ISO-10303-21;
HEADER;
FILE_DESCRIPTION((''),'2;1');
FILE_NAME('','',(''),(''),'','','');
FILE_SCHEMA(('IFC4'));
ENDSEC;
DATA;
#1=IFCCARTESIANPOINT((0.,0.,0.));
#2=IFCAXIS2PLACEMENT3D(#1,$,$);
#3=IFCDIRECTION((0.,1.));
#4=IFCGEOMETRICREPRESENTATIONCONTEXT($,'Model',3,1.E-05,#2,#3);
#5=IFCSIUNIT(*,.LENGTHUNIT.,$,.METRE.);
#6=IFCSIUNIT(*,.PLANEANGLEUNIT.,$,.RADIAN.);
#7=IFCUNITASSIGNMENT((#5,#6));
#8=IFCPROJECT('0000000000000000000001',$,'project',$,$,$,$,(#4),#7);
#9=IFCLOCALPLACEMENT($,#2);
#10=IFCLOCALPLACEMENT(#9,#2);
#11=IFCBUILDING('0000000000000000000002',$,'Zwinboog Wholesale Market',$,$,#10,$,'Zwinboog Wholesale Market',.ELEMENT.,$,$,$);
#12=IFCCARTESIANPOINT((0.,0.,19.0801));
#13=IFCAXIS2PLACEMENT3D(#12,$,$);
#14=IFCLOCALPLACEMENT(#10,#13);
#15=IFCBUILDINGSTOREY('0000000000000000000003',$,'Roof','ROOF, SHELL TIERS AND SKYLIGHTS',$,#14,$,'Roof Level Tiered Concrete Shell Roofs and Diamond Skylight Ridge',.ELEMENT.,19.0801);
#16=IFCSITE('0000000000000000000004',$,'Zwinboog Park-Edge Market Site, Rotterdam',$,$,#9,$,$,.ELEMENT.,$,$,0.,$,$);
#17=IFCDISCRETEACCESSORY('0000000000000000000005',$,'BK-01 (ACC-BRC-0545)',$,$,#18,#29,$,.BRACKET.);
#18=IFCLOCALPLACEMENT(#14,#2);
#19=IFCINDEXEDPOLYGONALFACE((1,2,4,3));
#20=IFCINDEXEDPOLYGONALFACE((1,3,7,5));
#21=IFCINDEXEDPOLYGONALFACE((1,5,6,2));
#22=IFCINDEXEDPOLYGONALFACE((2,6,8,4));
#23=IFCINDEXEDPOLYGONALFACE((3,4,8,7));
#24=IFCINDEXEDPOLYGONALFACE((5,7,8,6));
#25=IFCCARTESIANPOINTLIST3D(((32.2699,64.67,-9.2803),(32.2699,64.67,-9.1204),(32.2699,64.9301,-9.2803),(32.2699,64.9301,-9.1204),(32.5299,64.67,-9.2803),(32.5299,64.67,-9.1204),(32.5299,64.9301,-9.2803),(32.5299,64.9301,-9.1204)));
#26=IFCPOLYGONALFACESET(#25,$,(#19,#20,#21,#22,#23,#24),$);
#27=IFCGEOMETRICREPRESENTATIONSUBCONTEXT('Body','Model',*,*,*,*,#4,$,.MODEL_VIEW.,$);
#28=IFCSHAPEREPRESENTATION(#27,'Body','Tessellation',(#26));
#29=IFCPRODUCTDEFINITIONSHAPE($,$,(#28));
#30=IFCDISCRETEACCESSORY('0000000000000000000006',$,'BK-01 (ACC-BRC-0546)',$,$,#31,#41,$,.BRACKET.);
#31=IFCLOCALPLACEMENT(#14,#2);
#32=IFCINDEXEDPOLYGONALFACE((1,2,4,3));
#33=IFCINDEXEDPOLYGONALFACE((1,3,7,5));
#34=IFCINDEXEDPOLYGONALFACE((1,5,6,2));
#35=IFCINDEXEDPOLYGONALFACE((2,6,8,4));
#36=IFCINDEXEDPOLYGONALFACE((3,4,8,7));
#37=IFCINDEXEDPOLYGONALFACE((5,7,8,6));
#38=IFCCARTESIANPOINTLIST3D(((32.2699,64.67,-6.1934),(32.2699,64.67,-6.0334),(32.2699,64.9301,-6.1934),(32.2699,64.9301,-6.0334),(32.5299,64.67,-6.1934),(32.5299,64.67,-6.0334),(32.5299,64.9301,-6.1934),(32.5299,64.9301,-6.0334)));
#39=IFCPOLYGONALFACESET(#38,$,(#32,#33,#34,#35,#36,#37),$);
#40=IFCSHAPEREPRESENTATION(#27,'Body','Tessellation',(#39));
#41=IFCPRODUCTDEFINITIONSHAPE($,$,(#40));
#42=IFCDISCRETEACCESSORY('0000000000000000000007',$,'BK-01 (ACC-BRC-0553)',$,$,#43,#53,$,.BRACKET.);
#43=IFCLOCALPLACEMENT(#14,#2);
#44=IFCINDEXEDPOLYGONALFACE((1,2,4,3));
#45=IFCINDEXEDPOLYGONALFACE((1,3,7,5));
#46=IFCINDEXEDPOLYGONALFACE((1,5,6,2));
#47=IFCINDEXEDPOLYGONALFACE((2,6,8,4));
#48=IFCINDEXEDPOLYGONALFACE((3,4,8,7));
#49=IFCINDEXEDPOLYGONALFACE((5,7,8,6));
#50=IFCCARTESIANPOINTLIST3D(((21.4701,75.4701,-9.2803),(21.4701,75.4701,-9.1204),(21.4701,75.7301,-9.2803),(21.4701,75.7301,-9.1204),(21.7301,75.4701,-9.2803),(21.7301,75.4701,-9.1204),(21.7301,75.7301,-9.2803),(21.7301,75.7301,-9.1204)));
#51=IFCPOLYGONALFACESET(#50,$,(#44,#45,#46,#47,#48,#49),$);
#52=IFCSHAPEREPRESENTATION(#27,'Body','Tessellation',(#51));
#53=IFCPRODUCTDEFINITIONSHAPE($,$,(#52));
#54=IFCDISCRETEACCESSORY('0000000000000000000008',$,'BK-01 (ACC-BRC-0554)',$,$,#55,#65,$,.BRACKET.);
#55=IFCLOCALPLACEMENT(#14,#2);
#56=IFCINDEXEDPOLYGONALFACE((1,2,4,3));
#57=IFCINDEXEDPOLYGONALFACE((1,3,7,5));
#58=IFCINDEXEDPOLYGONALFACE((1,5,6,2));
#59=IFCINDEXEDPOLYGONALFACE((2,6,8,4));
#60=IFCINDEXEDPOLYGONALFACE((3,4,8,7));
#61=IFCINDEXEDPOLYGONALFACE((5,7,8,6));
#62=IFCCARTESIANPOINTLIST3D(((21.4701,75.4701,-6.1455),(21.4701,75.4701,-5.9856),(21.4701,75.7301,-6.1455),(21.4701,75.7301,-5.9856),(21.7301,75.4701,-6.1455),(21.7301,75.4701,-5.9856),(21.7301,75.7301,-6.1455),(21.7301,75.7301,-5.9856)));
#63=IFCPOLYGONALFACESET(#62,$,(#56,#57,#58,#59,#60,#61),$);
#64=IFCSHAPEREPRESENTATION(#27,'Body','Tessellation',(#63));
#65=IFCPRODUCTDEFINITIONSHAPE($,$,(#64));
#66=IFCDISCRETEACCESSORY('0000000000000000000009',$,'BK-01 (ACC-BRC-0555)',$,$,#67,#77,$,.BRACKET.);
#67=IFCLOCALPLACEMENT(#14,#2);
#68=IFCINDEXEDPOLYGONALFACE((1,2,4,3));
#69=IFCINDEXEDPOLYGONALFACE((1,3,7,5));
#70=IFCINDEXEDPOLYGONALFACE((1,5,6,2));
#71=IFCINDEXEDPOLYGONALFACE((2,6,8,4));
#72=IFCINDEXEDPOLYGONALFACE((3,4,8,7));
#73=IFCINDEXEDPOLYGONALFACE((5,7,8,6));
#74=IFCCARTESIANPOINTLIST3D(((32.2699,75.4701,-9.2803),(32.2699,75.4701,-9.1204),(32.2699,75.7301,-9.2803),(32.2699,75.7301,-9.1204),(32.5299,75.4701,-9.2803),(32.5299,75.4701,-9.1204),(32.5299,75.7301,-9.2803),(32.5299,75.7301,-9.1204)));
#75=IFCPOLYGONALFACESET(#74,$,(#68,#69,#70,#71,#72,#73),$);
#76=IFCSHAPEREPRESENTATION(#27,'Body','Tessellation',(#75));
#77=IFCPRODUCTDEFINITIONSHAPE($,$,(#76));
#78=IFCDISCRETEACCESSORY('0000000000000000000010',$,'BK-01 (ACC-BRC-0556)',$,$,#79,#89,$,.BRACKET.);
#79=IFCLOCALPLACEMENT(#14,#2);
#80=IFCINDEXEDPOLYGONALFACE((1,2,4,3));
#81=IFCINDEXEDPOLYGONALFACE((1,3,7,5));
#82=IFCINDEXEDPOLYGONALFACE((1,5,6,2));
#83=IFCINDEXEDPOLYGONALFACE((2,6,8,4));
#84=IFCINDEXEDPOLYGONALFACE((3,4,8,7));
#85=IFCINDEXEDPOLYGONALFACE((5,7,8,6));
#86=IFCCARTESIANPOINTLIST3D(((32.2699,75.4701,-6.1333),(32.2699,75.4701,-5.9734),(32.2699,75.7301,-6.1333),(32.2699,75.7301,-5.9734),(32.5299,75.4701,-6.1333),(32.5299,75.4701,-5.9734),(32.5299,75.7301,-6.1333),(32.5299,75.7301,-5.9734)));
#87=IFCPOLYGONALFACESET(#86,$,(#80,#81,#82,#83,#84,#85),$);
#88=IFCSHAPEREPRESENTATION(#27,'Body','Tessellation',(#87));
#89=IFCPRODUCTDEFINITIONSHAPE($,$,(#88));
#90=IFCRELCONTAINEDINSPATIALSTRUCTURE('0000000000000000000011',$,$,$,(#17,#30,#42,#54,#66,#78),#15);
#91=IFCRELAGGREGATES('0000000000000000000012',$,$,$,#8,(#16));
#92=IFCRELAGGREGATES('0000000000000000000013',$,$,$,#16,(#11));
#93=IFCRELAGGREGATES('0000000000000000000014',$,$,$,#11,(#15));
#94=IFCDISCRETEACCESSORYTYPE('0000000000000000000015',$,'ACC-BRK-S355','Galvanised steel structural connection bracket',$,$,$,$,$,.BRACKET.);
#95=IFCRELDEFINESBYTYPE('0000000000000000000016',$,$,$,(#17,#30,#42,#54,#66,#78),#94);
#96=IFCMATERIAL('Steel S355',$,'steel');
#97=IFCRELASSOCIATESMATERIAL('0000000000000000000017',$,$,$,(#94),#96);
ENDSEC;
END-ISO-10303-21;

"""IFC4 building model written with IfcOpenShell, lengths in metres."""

from ifc_helpers import new_model, si_unit, direction, frame, origin, origin_2d, place, context, subcontext, project, spatial, rectangle, extrude, material, type_object, element, save


model = new_model("IFC4")

# Units and contexts
model_context = context("Model", 3, precision=1e-05, world=origin(), true_north=direction((0.0, 1.0)))
body_context = subcontext(model_context, "Body", "Model", "MODEL_VIEW")
ifc_project = project(units=[si_unit("LENGTHUNIT", "METRE"), si_unit("PLANEANGLEUNIT", "RADIAN")], contexts=[model_context])

# Site, building, storey
site_placement = place(None, origin())
site = spatial("IfcSite", under=ifc_project, at=site_placement, Name="Zwinboog Park-Edge Market Site, Rotterdam", CompositionType="ELEMENT", RefElevation=0.0)
building_placement = place(site_placement, origin())
building = spatial("IfcBuilding", under=site, at=building_placement, Name="Zwinboog Wholesale Market", LongName="Zwinboog Wholesale Market", CompositionType="ELEMENT")
storey_placement = place(building_placement, frame((0.0, 0.0, 19.0801)))
storey = spatial("IfcBuildingStorey", under=building, at=storey_placement, Name="Roof", Description="ROOF, SHELL TIERS AND SKYLIGHTS", LongName="Roof Level Tiered Concrete Shell Roofs and Diamond Skylight Ridge", CompositionType="ELEMENT", Elevation=19.0801)

# Shared definitions
ifc_material_1 = material(Name="Steel S355", Category="steel")

# Discrete accessories
discrete_accessory_type = type_object("IfcDiscreteAccessoryType", Name="ACC-BRK-S355", Description="Galvanised steel structural connection bracket", PredefinedType="BRACKET", material=ifc_material_1)
for number, where, z_axis, x_axis, name in (
    (1, (32.3999, 64.8, -9.2803), (0.0, 0.0, 1.0), (1.0, 0.0, 0.0), "BK-01 (ACC-BRC-0545)"),
    (2, (32.3999, 64.8, -6.1934), (0.0, 0.0, 1.0), (1.0, 0.0, 0.0), "BK-01 (ACC-BRC-0546)"),
    (3, (21.6001, 75.6001, -9.2803), (0.0, 0.0, 1.0), (1.0, 0.0, 0.0), "BK-01 (ACC-BRC-0553)"),
    (4, (21.6001, 75.6001, -6.1455), (0.0, 0.0, 1.0), (1.0, 0.0, 0.0), "BK-01 (ACC-BRC-0554)"),
    (5, (32.3999, 75.6001, -9.2803), (0.0, 0.0, 1.0), (1.0, 0.0, 0.0), "BK-01 (ACC-BRC-0555)"),
    (6, (32.3999, 75.6001, -6.1333), (0.0, 0.0, 1.0), (1.0, 0.0, 0.0), "BK-01 (ACC-BRC-0556)"),
):
    element("IfcDiscreteAccessory", number, at=place(storey_placement, frame(where, z_axis=z_axis, x_axis=x_axis)), inside=storey, type_object=discrete_accessory_type, Name=name, PredefinedType="BRACKET", context=body_context, shape_type="SweptSolid", body=[
        extrude(rectangle(XDim=0.26, YDim=0.26, at=origin_2d()), origin(), (0.0, 0.0, 1.0), 0.1599),
    ])

save(model, "model.ifc")
